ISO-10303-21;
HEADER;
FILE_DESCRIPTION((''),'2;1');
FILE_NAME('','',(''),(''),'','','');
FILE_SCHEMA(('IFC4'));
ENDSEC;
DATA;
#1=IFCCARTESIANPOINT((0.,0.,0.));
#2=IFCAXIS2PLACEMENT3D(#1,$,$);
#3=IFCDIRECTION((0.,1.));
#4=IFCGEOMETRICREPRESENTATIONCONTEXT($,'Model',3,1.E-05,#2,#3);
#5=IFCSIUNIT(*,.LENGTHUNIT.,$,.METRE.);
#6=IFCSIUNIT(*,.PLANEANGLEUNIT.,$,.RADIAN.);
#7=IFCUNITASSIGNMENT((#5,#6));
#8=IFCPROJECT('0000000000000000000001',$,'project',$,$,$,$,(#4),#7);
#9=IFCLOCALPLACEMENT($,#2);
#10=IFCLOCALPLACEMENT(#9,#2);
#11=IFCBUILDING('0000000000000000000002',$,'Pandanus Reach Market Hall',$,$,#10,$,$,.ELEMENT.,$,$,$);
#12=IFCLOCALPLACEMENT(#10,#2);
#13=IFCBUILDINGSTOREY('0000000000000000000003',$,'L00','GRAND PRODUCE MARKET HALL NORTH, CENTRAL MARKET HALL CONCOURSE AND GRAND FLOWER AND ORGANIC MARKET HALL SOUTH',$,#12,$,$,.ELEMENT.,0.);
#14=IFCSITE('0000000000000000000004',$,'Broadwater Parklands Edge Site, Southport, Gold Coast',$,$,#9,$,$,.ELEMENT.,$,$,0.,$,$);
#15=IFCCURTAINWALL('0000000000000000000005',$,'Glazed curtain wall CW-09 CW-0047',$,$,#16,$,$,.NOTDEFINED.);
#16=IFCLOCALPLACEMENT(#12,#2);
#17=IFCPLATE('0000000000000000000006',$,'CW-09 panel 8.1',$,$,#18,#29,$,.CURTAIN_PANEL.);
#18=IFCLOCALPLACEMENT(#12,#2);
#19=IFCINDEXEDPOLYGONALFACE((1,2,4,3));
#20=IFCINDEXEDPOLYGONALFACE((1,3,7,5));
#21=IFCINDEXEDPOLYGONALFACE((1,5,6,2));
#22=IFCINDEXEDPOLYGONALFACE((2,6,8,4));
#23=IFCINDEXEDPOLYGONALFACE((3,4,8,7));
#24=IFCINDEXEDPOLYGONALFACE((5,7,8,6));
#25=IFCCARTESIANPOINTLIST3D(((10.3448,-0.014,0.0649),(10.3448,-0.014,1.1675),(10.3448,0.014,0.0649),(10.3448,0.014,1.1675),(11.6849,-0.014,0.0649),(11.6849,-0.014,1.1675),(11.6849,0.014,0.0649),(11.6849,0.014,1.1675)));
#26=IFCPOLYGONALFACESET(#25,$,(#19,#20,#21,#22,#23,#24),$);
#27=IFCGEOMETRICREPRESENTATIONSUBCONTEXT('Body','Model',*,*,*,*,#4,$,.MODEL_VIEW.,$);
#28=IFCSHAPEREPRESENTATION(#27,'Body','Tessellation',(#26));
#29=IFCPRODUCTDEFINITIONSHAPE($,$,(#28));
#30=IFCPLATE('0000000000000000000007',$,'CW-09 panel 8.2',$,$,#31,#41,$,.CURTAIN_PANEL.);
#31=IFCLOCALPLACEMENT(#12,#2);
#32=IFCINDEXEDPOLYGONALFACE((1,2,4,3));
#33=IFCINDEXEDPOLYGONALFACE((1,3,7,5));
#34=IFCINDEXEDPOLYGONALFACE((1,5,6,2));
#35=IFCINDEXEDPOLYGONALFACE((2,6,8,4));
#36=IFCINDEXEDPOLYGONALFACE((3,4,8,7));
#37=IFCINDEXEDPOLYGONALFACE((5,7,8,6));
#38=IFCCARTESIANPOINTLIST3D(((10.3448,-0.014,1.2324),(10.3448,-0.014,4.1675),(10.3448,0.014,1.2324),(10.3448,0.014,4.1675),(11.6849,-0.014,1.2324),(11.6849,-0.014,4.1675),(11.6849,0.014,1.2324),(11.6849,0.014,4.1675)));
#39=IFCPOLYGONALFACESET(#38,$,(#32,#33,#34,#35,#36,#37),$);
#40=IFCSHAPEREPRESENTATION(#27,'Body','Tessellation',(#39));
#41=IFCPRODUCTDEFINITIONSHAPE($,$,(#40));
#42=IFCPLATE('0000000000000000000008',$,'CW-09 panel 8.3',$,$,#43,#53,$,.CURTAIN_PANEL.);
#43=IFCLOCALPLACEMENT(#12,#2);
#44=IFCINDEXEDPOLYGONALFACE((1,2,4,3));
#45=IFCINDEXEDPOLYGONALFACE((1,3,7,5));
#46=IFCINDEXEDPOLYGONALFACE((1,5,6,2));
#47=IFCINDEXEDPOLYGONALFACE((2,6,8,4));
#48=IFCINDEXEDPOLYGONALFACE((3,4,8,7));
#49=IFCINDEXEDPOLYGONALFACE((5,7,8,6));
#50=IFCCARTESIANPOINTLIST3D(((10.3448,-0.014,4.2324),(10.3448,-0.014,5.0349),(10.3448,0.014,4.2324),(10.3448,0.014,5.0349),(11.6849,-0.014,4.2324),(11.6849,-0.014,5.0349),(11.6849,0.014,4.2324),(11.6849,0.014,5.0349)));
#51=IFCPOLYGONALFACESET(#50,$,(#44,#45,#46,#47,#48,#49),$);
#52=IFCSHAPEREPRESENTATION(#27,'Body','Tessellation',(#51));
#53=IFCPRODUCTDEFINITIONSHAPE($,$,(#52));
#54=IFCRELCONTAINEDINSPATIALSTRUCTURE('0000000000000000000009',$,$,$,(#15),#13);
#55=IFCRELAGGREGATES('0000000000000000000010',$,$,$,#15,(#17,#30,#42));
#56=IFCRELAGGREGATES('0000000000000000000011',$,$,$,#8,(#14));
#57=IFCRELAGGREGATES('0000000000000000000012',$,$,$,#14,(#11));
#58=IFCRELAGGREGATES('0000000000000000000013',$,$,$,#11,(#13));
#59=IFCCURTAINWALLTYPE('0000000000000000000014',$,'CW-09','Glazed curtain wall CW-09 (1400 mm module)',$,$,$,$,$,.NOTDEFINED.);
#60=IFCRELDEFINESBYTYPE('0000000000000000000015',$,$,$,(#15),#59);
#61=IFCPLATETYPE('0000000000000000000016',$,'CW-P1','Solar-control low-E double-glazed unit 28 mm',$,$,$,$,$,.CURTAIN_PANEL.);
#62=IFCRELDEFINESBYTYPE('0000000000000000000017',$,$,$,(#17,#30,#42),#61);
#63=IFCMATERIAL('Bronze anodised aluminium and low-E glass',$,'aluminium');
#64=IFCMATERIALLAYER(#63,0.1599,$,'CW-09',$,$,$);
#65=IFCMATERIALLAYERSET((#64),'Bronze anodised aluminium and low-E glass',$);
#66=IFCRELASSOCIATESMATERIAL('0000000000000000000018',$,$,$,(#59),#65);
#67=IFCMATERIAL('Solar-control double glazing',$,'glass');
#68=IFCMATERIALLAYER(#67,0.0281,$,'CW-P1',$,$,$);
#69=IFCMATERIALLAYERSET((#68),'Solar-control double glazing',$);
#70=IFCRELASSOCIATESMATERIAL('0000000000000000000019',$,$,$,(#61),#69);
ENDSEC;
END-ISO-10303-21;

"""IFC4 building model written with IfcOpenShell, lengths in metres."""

from ifc_helpers import new_model, si_unit, direction, frame, origin, origin_2d, place, context, subcontext, project, spatial, rectangle, extrude, material, layer, layer_set, type_object, element, aggregate, save


model = new_model("IFC4")

# Units and contexts
model_context = context("Model", 3, precision=1e-05, world=origin(), true_north=direction((0.0, 1.0)))
body_context = subcontext(model_context, "Body", "Model", "MODEL_VIEW")
ifc_project = project(units=[si_unit("LENGTHUNIT", "METRE"), si_unit("PLANEANGLEUNIT", "RADIAN")], contexts=[model_context])

# Site, building, storey
site_placement = place(None, origin())
site = spatial("IfcSite", under=ifc_project, at=site_placement, Name="Broadwater Parklands Edge Site, Southport, Gold Coast", CompositionType="ELEMENT", RefElevation=0.0)
building_placement = place(site_placement, origin())
building = spatial("IfcBuilding", under=site, at=building_placement, Name="Pandanus Reach Market Hall", CompositionType="ELEMENT")
storey_placement = place(building_placement, origin())
storey = spatial("IfcBuildingStorey", under=building, at=storey_placement, Name="L00", Description="GRAND PRODUCE MARKET HALL NORTH, CENTRAL MARKET HALL CONCOURSE AND GRAND FLOWER AND ORGANIC MARKET HALL SOUTH", CompositionType="ELEMENT", Elevation=0.0)

# Curtain wall
ifc_material_1 = material(Name="Bronze anodised aluminium and low-E glass", Category="aluminium")
ifc_layer_1 = layer(ifc_material_1, 0.1599, Name="CW-09")
ifc_layer_set_1 = layer_set([ifc_layer_1], Name="Bronze anodised aluminium and low-E glass")
curtain_wall_type = type_object("IfcCurtainWallType", Name="CW-09", Description="Glazed curtain wall CW-09 (1400 mm module)", PredefinedType="NOTDEFINED", material=ifc_layer_set_1)
curtain_wall_placement = place(storey_placement, origin())
curtain_wall = element("IfcCurtainWall", 1, at=curtain_wall_placement, inside=storey, type_object=curtain_wall_type, Name="Glazed curtain wall CW-09 CW-0047", PredefinedType="NOTDEFINED")

# Plates
ifc_material_2 = material(Name="Solar-control double glazing", Category="glass")
ifc_layer_2 = layer(ifc_material_2, 0.0281, Name="CW-P1")
ifc_layer_set_2 = layer_set([ifc_layer_2], Name="Solar-control double glazing")
plate_type = type_object("IfcPlateType", Name="CW-P1", Description="Solar-control low-E double-glazed unit 28 mm", PredefinedType="CURTAIN_PANEL", material=ifc_layer_set_2)
plate_1_placement = place(storey_placement, frame((11.0149, 0.0, 0.0649), z_axis=(0.0, 0.0, 1.0), x_axis=(1.0, 0.0, 0.0)))
plate_1 = element("IfcPlate", 2, at=plate_1_placement, type_object=plate_type, Name="CW-09 panel 8.1", PredefinedType="CURTAIN_PANEL", context=body_context, shape_type="SweptSolid", body=[
    extrude(rectangle(XDim=1.3401, YDim=0.0281, at=origin_2d()), origin(), (0.0, 0.0, 1.0), 1.1025),
])
plate_2_placement = place(storey_placement, frame((11.0149, 0.0, 1.2324), z_axis=(0.0, 0.0, 1.0), x_axis=(1.0, 0.0, 0.0)))
plate_2 = element("IfcPlate", 3, at=plate_2_placement, type_object=plate_type, Name="CW-09 panel 8.2", PredefinedType="CURTAIN_PANEL", context=body_context, shape_type="SweptSolid", body=[
    extrude(rectangle(XDim=1.3401, YDim=0.0281, at=origin_2d()), origin(), (0.0, 0.0, 1.0), 2.9351),
])
plate_3_placement = place(storey_placement, frame((11.0149, 0.0, 4.2324), z_axis=(0.0, 0.0, 1.0), x_axis=(1.0, 0.0, 0.0)))
plate_3 = element("IfcPlate", 4, at=plate_3_placement, type_object=plate_type, Name="CW-09 panel 8.3", PredefinedType="CURTAIN_PANEL", context=body_context, shape_type="SweptSolid", body=[
    extrude(rectangle(XDim=1.3401, YDim=0.0281, at=origin_2d()), origin(), (0.0, 0.0, 1.0), 0.8025),
])
aggregate(curtain_wall, [plate_1, plate_2, plate_3])

save(model, "model.ifc")
